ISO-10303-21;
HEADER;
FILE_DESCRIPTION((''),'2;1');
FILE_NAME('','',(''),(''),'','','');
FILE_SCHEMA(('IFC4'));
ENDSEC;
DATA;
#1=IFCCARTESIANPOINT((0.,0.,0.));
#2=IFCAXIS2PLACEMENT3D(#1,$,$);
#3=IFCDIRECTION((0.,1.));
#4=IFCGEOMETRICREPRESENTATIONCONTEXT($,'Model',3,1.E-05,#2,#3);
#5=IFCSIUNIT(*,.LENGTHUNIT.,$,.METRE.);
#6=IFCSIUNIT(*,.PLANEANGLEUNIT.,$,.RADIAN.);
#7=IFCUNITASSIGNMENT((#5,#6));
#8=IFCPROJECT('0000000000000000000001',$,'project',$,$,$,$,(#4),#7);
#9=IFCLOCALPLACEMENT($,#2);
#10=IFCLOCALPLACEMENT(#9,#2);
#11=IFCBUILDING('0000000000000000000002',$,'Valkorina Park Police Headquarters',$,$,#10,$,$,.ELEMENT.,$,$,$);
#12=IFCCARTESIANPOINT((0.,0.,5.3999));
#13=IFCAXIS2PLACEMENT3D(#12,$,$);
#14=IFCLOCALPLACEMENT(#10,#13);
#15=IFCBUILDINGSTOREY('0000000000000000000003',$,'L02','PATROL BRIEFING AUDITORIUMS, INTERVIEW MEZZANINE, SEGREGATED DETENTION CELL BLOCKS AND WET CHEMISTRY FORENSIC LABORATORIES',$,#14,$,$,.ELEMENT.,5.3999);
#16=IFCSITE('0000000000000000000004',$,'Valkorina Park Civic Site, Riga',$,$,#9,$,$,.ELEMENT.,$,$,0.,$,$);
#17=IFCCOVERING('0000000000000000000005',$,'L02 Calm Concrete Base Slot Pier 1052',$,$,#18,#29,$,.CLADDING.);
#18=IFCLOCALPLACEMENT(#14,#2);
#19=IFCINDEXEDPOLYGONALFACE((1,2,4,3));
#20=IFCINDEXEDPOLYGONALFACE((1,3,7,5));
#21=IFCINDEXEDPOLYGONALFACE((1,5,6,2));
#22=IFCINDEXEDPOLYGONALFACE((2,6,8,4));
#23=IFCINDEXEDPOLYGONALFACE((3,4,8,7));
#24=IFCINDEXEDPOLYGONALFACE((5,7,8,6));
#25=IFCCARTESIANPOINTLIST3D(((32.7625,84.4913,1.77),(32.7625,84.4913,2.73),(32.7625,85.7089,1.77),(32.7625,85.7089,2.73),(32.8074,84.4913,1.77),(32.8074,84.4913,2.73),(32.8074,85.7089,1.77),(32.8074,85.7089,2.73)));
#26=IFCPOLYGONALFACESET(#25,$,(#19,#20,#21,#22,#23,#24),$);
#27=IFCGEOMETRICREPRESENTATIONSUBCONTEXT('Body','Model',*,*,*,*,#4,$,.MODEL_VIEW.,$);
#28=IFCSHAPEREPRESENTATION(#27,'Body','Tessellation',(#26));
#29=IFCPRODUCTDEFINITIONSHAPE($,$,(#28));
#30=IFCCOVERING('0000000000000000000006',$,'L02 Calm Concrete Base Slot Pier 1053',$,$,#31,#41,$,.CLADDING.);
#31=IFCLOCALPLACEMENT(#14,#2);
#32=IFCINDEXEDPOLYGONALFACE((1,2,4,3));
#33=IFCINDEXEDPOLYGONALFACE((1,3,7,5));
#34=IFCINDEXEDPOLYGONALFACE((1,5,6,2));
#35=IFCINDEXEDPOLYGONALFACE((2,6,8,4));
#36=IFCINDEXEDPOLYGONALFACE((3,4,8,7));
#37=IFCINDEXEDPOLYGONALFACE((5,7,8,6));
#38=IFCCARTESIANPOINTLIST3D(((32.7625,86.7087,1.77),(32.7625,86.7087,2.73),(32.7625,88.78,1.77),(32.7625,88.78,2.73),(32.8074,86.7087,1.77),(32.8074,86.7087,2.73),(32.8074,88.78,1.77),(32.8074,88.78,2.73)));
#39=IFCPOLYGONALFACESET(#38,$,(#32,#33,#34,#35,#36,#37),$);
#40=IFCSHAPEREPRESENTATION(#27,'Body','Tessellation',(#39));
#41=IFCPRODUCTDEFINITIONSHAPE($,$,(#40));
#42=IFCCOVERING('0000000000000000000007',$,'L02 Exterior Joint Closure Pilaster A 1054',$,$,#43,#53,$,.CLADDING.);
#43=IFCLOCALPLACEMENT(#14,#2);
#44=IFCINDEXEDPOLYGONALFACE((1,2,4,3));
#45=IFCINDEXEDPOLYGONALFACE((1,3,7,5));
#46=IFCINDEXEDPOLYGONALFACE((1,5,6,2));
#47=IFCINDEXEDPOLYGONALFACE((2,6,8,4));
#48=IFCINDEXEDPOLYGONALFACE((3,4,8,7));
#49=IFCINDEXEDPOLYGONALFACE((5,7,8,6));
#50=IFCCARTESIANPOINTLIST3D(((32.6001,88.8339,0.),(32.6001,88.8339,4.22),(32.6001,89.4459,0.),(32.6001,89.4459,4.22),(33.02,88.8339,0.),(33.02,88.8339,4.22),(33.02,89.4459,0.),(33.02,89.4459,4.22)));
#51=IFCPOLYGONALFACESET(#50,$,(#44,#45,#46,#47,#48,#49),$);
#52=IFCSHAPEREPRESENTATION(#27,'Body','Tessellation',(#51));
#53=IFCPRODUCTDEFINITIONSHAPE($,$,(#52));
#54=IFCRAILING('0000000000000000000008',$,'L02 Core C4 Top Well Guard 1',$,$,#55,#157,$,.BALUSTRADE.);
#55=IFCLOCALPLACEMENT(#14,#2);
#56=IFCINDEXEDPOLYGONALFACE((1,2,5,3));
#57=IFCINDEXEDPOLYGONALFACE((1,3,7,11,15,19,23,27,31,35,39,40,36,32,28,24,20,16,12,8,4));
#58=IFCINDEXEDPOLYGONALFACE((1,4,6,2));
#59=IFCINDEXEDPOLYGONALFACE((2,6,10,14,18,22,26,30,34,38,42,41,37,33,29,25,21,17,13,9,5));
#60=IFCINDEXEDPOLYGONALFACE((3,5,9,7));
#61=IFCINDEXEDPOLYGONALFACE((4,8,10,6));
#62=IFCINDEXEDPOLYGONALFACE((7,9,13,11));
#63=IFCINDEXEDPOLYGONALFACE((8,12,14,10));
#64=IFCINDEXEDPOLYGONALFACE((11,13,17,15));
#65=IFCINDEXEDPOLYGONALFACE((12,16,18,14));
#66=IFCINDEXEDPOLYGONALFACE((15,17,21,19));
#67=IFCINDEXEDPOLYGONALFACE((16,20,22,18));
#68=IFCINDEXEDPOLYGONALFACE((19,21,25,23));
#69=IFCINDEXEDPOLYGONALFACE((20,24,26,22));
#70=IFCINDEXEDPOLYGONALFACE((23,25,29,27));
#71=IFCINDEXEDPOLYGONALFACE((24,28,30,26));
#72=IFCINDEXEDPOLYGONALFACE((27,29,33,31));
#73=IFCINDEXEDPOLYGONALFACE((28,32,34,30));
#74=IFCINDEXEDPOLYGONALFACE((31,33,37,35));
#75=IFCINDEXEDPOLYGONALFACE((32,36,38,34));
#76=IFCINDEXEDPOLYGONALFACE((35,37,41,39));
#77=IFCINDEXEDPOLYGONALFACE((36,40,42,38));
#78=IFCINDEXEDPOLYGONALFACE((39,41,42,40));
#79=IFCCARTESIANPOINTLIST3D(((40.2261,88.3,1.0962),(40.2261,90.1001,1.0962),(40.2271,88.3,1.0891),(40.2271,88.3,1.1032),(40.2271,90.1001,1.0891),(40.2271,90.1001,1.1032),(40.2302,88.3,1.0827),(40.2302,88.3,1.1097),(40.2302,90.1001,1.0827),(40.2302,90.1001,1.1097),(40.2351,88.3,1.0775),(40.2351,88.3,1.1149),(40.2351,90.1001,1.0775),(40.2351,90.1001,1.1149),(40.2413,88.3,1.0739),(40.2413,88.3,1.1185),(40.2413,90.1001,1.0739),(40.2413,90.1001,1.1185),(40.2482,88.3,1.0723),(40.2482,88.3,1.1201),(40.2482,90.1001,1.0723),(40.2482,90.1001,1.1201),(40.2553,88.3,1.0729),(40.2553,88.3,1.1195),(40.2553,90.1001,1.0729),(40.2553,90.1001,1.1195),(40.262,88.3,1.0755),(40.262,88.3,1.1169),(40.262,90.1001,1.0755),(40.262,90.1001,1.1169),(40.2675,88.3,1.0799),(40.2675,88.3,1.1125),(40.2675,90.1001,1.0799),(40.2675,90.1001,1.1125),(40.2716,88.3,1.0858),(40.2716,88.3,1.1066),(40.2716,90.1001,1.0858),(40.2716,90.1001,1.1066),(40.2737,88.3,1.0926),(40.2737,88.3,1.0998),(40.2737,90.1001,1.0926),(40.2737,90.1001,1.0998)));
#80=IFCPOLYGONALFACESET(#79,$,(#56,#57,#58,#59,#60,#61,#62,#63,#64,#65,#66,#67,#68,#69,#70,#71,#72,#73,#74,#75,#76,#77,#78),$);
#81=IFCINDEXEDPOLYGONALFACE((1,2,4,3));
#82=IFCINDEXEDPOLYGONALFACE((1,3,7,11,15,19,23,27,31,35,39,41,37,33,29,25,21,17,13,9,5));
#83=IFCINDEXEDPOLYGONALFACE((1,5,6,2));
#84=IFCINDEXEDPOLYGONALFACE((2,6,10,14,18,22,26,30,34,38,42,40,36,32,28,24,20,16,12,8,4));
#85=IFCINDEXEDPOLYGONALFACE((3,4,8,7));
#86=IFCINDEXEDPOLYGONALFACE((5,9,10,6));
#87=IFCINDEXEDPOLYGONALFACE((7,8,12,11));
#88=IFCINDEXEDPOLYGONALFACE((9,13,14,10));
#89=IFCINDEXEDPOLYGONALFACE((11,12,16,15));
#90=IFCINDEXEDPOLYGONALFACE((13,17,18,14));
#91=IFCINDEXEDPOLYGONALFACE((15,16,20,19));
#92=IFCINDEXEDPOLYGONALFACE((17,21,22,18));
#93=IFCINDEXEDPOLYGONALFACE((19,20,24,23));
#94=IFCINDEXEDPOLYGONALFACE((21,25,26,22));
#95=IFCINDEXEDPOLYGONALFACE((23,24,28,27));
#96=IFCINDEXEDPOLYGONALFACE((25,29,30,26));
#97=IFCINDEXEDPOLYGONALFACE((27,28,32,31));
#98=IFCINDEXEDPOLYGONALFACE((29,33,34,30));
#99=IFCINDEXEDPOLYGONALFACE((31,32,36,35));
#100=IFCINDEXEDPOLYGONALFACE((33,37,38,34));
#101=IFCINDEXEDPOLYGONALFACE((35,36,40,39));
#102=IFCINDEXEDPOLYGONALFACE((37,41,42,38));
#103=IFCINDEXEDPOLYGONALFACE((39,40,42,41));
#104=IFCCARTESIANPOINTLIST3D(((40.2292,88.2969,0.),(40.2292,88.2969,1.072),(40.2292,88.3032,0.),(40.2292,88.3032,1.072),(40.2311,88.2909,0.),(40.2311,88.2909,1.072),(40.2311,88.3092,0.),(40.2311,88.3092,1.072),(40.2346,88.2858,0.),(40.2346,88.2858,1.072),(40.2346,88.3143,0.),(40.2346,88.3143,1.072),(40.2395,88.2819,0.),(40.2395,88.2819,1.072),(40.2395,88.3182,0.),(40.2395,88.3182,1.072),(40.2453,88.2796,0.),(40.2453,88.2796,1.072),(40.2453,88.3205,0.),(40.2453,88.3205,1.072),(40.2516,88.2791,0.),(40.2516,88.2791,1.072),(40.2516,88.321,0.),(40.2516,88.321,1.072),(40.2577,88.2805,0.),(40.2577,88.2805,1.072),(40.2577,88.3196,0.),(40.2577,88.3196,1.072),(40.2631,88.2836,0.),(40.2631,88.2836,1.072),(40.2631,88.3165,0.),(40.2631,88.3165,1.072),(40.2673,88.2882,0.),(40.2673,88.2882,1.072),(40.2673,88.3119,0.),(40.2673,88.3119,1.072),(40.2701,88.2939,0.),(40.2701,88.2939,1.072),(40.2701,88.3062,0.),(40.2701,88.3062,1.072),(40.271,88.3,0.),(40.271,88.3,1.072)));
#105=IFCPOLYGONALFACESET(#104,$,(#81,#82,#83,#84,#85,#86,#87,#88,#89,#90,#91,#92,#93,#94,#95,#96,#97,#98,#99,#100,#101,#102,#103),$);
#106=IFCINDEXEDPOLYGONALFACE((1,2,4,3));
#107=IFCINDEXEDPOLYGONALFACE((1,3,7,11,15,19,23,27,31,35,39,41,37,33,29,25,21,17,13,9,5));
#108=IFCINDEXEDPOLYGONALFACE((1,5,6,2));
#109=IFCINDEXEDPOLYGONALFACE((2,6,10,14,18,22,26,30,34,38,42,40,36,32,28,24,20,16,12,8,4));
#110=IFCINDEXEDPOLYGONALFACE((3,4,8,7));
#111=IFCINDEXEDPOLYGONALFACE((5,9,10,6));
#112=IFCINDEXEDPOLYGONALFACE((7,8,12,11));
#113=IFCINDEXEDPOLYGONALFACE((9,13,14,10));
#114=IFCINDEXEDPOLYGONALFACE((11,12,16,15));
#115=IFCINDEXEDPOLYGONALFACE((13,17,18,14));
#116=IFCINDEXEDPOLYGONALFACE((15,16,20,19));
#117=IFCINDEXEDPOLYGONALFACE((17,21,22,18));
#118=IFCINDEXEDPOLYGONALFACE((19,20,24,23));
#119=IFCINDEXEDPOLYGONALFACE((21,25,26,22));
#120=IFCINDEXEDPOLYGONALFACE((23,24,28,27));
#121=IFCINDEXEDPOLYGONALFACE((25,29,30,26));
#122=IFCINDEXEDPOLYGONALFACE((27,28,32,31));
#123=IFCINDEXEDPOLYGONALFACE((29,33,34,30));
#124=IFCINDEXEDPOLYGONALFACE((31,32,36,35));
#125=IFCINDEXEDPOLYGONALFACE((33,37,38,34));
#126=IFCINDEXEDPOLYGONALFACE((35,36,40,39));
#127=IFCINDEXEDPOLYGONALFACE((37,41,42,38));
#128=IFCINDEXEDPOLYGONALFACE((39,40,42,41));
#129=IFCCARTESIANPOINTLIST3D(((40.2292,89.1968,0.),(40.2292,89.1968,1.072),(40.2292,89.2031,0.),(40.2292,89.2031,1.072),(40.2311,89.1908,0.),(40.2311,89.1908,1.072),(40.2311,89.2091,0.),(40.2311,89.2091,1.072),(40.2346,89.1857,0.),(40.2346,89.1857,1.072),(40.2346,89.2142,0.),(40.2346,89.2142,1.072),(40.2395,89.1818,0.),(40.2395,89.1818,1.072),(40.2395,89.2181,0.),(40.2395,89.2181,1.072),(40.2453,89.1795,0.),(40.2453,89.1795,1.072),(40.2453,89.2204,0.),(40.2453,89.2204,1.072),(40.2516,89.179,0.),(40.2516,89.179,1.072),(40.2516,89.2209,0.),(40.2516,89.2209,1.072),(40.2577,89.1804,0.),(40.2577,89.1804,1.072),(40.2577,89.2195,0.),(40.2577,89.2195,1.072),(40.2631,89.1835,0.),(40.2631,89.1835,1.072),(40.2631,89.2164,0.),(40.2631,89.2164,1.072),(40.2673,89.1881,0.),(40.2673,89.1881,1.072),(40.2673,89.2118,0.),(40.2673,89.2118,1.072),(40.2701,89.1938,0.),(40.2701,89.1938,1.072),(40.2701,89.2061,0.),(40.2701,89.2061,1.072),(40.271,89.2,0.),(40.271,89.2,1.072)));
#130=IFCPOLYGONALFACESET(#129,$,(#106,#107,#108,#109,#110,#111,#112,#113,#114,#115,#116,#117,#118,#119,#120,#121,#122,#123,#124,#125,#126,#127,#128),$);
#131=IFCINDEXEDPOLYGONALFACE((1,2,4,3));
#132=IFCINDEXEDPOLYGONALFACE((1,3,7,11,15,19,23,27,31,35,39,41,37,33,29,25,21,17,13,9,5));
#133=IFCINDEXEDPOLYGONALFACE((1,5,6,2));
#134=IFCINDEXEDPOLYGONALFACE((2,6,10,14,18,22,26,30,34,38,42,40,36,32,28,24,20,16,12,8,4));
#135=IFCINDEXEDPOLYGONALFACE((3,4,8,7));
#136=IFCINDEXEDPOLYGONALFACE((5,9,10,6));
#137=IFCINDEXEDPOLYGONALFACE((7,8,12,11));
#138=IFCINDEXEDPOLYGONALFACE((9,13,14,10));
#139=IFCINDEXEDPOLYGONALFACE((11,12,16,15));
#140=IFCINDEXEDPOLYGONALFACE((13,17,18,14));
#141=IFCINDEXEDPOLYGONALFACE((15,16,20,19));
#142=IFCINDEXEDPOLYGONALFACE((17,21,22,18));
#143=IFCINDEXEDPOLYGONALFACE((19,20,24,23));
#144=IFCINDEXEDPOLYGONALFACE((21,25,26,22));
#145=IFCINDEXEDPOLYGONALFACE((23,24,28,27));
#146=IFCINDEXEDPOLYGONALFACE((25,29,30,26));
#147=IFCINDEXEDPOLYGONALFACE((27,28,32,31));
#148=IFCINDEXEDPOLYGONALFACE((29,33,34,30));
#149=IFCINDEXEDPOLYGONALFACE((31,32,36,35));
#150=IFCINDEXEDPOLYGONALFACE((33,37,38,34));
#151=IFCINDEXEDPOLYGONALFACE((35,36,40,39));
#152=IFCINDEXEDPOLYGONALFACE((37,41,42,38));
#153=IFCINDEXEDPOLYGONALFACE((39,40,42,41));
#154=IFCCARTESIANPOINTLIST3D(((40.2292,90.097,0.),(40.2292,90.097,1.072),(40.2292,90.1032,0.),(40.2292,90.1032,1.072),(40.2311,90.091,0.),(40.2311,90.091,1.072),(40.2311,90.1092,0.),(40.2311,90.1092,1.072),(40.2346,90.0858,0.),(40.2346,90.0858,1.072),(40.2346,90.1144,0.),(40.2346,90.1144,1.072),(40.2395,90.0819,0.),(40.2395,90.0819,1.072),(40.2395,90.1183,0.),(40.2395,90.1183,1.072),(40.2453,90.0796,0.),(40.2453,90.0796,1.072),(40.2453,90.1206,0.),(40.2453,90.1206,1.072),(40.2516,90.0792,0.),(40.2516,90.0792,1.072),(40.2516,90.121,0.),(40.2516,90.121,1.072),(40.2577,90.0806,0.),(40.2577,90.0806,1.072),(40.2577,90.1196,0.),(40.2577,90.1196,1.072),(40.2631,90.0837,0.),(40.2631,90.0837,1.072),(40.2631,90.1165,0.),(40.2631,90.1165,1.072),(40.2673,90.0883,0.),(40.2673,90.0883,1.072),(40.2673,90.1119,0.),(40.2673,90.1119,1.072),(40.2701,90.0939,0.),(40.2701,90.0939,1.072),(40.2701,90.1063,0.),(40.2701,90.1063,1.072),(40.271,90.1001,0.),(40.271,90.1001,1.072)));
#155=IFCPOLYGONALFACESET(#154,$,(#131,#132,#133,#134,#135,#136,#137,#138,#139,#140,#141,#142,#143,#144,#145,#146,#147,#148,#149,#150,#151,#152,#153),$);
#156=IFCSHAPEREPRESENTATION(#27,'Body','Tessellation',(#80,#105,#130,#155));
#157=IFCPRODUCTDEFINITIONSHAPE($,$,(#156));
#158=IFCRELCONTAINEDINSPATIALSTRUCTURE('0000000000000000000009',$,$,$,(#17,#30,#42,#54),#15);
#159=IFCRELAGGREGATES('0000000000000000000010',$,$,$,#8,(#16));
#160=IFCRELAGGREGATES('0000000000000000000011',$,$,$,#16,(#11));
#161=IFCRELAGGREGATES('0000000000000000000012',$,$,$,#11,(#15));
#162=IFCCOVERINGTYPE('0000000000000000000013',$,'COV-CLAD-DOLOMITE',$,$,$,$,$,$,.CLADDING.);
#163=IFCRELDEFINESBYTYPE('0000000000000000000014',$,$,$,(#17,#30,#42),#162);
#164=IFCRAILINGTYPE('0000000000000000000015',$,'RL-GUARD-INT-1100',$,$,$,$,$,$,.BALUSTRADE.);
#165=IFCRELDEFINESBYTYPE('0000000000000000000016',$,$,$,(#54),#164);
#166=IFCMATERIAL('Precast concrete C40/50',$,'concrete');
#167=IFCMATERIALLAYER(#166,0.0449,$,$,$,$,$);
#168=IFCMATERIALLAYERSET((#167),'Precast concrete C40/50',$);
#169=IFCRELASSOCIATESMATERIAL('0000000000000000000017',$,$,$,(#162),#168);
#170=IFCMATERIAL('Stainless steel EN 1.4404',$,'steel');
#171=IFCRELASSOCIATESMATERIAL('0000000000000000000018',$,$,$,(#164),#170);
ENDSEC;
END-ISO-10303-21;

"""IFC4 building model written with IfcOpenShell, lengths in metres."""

from ifc_helpers import new_model, si_unit, direction, frame, frame_2d, origin, origin_2d, place, context, subcontext, project, spatial, rectangle, circle, extrude, material, layer, layer_set, type_object, element, save


model = new_model("IFC4")

# Units and contexts
model_context = context("Model", 3, precision=1e-05, world=origin(), true_north=direction((0.0, 1.0)))
body_context = subcontext(model_context, "Body", "Model", "MODEL_VIEW")
ifc_project = project(units=[si_unit("LENGTHUNIT", "METRE"), si_unit("PLANEANGLEUNIT", "RADIAN")], contexts=[model_context])

# Site, building, storey
site_placement = place(None, origin())
site = spatial("IfcSite", under=ifc_project, at=site_placement, Name="Valkorina Park Civic Site, Riga", CompositionType="ELEMENT", RefElevation=0.0)
building_placement = place(site_placement, origin())
building = spatial("IfcBuilding", under=site, at=building_placement, Name="Valkorina Park Police Headquarters", CompositionType="ELEMENT")
storey_placement = place(building_placement, frame((0.0, 0.0, 5.3999)))
storey = spatial("IfcBuildingStorey", under=building, at=storey_placement, Name="L02", Description="PATROL BRIEFING AUDITORIUMS, INTERVIEW MEZZANINE, SEGREGATED DETENTION CELL BLOCKS AND WET CHEMISTRY FORENSIC LABORATORIES", CompositionType="ELEMENT", Elevation=5.3999)

# Shared definitions
ifc_material_1 = material(Name="Stainless steel EN 1.4404", Category="steel")

# Shared definitions
ifc_material_2 = material(Name="Precast concrete C40/50", Category="concrete")

# Coverings
ifc_layer_1 = layer(ifc_material_2, 0.0449)
ifc_layer_set_1 = layer_set([ifc_layer_1], Name="Precast concrete C40/50")
covering_type = type_object("IfcCoveringType", Name="COV-CLAD-DOLOMITE", PredefinedType="CLADDING", material=ifc_layer_set_1)
covering_1_placement = place(storey_placement, frame((32.7849, 84.4912, 1.77), z_axis=(0.0, 0.0, 1.0), x_axis=(0.0, 1.0, 0.0)))
element("IfcCovering", 1, at=covering_1_placement, inside=storey, type_object=covering_type, Name="L02 Calm Concrete Base Slot Pier 1052", PredefinedType="CLADDING", context=body_context, shape_type="SweptSolid", body=[
    extrude(rectangle(XDim=1.2175, YDim=0.0449, at=frame_2d((0.6089, 0.0))), origin(), (0.0, 0.0, 1.0), 0.96),
])
covering_2_placement = place(storey_placement, frame((32.7849, 86.7087, 1.77), z_axis=(0.0, 0.0, 1.0), x_axis=(0.0, 1.0, 0.0)))
element("IfcCovering", 2, at=covering_2_placement, inside=storey, type_object=covering_type, Name="L02 Calm Concrete Base Slot Pier 1053", PredefinedType="CLADDING", context=body_context, shape_type="SweptSolid", body=[
    extrude(rectangle(XDim=2.0713, YDim=0.0449, at=frame_2d((1.0356, 0.0))), origin(), (0.0, 0.0, 1.0), 0.96),
])
covering_3_placement = place(storey_placement, frame((32.8101, 89.1399, 0.0), z_axis=(0.0, 0.0, 1.0), x_axis=(1.0, 0.0, 0.0)))
element("IfcCovering", 3, at=covering_3_placement, inside=storey, type_object=covering_type, Name="L02 Exterior Joint Closure Pilaster A 1054", PredefinedType="CLADDING", context=body_context, shape_type="SweptSolid", body=[
    extrude(rectangle(XDim=0.4199, YDim=0.6121, at=origin_2d()), origin(), (0.0, 0.0, 1.0), 4.22),
])

# Railing
railing_type = type_object("IfcRailingType", Name="RL-GUARD-INT-1100", PredefinedType="BALUSTRADE", material=ifc_material_1)
railing_placement = place(storey_placement, frame((40.25, 88.3, 0.0)))
element("IfcRailing", 4, at=railing_placement, inside=storey, type_object=railing_type, Name="L02 Core C4 Top Well Guard 1", PredefinedType="BALUSTRADE", context=body_context, shape_type="SweptSolid", body=[
    extrude(circle(Radius=0.0239, at=origin_2d()), frame((0.0, 0.0, 1.0962), z_axis=(0.0, 1.0, 0.0), x_axis=(-1.0, 0.0, 0.0)), (0.0, 0.0, 1.0), 1.8),
    extrude(circle(Radius=0.021, at=origin_2d()), origin(), (0.0, 0.0, 1.0), 1.072),
    extrude(circle(Radius=0.021, at=origin_2d()), frame((0.0, 0.8999, 0.0)), (0.0, 0.0, 1.0), 1.072),
    extrude(circle(Radius=0.021, at=origin_2d()), frame((0.0, 1.8, 0.0)), (0.0, 0.0, 1.0), 1.072),
])

save(model, "model.ifc")
